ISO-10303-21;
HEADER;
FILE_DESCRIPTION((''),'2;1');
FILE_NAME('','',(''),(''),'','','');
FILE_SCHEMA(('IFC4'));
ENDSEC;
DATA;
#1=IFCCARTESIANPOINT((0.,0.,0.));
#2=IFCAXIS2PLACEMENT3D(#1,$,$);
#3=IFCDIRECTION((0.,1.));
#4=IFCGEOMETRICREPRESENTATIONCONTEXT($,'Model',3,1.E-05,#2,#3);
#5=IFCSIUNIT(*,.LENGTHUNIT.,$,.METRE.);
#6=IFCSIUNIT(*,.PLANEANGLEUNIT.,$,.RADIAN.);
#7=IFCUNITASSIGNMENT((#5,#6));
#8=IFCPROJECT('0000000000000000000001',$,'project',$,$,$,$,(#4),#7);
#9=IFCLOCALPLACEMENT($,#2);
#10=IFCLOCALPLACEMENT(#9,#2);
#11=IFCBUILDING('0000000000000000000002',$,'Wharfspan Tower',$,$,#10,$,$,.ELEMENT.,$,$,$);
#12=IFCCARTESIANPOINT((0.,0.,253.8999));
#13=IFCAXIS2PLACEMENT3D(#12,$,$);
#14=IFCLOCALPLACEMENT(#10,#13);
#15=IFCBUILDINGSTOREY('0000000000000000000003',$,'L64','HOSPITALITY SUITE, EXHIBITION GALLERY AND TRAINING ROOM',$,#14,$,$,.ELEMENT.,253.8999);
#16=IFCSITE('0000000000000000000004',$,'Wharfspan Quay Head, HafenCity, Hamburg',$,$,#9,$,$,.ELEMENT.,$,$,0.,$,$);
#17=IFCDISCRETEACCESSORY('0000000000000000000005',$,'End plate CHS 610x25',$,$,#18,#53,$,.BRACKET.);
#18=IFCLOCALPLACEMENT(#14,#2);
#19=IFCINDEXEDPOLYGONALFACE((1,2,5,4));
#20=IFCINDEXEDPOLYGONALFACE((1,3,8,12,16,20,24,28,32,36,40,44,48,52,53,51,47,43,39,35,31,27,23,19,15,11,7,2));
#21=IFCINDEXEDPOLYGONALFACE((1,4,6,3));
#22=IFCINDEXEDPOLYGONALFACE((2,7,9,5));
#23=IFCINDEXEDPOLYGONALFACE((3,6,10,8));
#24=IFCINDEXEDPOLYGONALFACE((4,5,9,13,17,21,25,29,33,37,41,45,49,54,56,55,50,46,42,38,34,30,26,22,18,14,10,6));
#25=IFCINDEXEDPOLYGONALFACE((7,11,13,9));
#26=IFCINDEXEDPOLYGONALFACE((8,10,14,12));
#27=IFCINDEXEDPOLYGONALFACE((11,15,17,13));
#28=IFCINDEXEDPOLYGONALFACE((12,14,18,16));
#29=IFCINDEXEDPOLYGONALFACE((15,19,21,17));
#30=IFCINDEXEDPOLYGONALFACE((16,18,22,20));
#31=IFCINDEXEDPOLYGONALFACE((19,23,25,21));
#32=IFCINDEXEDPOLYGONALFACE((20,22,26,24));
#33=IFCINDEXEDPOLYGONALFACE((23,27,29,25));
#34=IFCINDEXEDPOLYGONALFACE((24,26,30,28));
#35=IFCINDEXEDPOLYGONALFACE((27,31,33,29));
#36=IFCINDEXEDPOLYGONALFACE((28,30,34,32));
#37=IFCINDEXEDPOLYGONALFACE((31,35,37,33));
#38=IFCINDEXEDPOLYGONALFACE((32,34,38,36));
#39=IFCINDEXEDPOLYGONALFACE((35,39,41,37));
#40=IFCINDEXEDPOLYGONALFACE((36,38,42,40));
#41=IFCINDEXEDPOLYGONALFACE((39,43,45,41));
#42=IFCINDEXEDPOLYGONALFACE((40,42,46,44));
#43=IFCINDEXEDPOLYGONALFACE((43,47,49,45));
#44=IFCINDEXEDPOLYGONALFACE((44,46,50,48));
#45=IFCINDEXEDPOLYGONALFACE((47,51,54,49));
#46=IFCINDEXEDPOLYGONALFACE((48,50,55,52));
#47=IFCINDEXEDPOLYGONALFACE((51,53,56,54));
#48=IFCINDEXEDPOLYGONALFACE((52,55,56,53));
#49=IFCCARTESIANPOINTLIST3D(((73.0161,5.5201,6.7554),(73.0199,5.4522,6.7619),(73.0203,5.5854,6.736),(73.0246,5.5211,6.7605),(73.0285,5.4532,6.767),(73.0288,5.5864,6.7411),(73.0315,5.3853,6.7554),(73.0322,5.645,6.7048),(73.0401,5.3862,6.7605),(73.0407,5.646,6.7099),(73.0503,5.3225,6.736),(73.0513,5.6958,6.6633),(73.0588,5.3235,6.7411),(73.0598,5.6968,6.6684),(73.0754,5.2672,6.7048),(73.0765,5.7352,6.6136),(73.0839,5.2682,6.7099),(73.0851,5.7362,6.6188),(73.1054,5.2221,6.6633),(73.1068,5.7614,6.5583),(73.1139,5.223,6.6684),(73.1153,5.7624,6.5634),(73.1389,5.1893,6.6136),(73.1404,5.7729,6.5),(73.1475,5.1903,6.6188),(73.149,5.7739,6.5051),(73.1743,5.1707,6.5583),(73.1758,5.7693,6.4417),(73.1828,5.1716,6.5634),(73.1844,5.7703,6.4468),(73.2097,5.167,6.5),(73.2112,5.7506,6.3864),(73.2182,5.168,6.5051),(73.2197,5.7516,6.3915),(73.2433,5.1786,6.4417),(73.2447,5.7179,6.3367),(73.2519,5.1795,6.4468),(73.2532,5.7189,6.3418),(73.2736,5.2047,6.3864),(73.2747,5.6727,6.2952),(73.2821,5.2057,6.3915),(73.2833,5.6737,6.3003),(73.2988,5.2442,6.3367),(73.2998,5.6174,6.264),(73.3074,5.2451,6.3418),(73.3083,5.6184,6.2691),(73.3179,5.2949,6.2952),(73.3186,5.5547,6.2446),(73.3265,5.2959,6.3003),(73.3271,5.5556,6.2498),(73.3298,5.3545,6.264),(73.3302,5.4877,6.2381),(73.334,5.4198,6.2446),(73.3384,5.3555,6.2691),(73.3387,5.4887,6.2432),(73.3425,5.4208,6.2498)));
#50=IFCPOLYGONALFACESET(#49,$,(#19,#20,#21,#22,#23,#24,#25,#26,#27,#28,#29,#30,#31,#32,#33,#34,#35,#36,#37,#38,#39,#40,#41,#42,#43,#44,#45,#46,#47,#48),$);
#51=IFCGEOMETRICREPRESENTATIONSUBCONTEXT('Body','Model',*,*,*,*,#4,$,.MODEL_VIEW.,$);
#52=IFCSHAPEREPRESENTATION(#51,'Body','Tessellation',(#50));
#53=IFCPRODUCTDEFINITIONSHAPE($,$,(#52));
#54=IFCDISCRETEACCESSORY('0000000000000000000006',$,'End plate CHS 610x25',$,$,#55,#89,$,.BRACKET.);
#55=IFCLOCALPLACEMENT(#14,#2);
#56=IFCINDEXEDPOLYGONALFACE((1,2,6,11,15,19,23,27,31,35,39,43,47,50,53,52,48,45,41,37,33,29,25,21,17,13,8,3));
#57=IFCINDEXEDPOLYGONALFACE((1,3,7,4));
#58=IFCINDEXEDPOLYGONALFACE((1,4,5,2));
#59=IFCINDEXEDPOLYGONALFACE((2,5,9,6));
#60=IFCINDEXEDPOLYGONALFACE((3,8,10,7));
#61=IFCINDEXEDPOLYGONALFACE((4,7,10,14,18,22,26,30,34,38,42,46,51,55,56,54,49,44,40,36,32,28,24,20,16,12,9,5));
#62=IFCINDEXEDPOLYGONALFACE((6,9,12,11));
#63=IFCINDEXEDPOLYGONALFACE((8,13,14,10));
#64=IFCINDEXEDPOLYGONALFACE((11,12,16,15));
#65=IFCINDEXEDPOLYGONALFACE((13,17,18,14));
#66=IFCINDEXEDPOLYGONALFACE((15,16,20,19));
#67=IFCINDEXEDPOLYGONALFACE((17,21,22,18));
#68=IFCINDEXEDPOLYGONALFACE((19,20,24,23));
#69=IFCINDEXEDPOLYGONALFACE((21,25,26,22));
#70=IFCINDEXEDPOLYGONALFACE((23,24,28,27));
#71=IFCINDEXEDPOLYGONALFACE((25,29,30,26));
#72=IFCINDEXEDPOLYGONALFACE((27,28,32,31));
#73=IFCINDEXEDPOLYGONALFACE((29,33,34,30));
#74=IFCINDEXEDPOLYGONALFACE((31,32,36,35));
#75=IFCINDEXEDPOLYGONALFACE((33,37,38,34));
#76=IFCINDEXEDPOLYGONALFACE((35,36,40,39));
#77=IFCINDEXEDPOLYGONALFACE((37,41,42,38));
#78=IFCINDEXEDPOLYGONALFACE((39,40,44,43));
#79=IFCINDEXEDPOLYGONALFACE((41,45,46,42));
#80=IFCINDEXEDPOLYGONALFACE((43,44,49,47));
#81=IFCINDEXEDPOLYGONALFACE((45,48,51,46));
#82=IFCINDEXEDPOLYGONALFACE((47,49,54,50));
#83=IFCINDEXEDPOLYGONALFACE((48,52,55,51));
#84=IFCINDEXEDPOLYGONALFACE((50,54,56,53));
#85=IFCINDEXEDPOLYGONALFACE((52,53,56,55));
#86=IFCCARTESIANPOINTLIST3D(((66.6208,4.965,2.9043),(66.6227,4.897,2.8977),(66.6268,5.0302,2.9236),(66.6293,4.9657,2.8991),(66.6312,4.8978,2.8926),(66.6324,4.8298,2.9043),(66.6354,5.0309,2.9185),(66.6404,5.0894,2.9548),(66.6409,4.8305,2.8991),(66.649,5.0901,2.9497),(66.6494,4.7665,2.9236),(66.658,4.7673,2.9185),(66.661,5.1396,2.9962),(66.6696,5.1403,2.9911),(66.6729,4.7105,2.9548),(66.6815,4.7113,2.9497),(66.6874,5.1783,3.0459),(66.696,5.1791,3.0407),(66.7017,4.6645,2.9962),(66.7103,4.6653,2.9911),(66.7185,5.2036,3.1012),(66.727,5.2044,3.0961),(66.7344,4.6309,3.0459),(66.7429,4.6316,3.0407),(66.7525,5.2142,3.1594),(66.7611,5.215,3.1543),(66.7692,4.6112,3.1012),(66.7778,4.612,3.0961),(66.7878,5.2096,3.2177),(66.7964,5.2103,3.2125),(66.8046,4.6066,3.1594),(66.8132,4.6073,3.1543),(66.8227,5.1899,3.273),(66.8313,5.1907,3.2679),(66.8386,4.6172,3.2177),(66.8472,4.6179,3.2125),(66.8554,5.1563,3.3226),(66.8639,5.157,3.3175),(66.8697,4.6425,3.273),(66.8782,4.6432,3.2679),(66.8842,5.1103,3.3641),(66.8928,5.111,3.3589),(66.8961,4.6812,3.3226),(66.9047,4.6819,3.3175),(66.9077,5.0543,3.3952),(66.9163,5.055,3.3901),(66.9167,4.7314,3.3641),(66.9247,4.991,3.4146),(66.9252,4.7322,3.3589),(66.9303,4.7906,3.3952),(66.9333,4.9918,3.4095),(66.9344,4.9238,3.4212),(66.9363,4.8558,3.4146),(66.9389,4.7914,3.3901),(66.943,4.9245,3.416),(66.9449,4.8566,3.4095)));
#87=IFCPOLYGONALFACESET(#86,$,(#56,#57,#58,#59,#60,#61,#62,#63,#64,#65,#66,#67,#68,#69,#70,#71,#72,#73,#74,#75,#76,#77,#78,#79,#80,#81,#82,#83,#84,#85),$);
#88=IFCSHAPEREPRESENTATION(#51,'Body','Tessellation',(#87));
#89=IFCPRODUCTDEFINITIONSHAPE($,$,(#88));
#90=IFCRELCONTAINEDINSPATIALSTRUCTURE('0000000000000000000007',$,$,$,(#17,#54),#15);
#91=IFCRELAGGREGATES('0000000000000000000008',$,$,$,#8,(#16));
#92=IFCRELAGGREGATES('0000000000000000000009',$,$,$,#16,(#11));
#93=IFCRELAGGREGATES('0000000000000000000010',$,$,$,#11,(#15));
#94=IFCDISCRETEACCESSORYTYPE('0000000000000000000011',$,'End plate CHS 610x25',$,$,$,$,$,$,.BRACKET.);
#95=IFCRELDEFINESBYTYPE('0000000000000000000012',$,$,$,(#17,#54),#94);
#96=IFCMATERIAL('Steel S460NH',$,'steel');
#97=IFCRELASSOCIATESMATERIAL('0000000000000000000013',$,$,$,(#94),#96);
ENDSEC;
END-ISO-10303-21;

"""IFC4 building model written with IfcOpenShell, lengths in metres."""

from ifc_helpers import new_model, si_unit, direction, frame, origin, origin_2d, place, context, subcontext, project, spatial, circle, extrude, material, material_profile, profile_set, type_object, element, save


model = new_model("IFC4")

# Units and contexts
model_context = context("Model", 3, precision=1e-05, world=origin(), true_north=direction((0.0, 1.0)))
body_context = subcontext(model_context, "Body", "Model", "MODEL_VIEW")
ifc_project = project(units=[si_unit("LENGTHUNIT", "METRE"), si_unit("PLANEANGLEUNIT", "RADIAN")], contexts=[model_context])

# Site, building, storey
site_placement = place(None, origin())
site = spatial("IfcSite", under=ifc_project, at=site_placement, Name="Wharfspan Quay Head, HafenCity, Hamburg", CompositionType="ELEMENT", RefElevation=0.0)
building_placement = place(site_placement, origin())
building = spatial("IfcBuilding", under=site, at=building_placement, Name="Wharfspan Tower", CompositionType="ELEMENT")
storey_placement = place(building_placement, frame((0.0, 0.0, 253.8999)))
storey = spatial("IfcBuildingStorey", under=building, at=storey_placement, Name="L64", Description="HOSPITALITY SUITE, EXHIBITION GALLERY AND TRAINING ROOM", CompositionType="ELEMENT", Elevation=253.8999)

# Shared definitions
ifc_material_1 = material(Name="Steel S460NH", Category="steel")

# Discrete accessories
ifc_material_profile_1 = material_profile(ifc_material_1, circle(Radius=0.3049, at=origin_2d()))
ifc_profile_set_1 = profile_set([ifc_material_profile_1], Name="Steel S460NH")
discrete_accessory_type = type_object("IfcDiscreteAccessoryType", Name="End plate CHS 610x25", PredefinedType="BRACKET", material=ifc_profile_set_1)
for number, where, z_axis, x_axis, name in (
    (1, (73.175, 5.47, 6.5), (0.853405, 0.097532, 0.512043), (-0.113547, 0.993531, 0.000001), "End plate CHS 610x25"),
    (2, (66.7871, 4.9111, 3.1543), (-0.855186, -0.073302, 0.513112), (0.085402, -0.996345, 0.000001), "End plate CHS 610x25"),
):
    element("IfcDiscreteAccessory", number, at=place(storey_placement, frame(where, z_axis=z_axis, x_axis=x_axis)), inside=storey, type_object=discrete_accessory_type, Name=name, PredefinedType="BRACKET", context=body_context, shape_type="SweptSolid", body=[
        extrude(circle(Radius=0.3049, at=origin_2d()), origin(), (0.0, 0.0, 1.0), 0.01),
    ])

save(model, "model.ifc")
